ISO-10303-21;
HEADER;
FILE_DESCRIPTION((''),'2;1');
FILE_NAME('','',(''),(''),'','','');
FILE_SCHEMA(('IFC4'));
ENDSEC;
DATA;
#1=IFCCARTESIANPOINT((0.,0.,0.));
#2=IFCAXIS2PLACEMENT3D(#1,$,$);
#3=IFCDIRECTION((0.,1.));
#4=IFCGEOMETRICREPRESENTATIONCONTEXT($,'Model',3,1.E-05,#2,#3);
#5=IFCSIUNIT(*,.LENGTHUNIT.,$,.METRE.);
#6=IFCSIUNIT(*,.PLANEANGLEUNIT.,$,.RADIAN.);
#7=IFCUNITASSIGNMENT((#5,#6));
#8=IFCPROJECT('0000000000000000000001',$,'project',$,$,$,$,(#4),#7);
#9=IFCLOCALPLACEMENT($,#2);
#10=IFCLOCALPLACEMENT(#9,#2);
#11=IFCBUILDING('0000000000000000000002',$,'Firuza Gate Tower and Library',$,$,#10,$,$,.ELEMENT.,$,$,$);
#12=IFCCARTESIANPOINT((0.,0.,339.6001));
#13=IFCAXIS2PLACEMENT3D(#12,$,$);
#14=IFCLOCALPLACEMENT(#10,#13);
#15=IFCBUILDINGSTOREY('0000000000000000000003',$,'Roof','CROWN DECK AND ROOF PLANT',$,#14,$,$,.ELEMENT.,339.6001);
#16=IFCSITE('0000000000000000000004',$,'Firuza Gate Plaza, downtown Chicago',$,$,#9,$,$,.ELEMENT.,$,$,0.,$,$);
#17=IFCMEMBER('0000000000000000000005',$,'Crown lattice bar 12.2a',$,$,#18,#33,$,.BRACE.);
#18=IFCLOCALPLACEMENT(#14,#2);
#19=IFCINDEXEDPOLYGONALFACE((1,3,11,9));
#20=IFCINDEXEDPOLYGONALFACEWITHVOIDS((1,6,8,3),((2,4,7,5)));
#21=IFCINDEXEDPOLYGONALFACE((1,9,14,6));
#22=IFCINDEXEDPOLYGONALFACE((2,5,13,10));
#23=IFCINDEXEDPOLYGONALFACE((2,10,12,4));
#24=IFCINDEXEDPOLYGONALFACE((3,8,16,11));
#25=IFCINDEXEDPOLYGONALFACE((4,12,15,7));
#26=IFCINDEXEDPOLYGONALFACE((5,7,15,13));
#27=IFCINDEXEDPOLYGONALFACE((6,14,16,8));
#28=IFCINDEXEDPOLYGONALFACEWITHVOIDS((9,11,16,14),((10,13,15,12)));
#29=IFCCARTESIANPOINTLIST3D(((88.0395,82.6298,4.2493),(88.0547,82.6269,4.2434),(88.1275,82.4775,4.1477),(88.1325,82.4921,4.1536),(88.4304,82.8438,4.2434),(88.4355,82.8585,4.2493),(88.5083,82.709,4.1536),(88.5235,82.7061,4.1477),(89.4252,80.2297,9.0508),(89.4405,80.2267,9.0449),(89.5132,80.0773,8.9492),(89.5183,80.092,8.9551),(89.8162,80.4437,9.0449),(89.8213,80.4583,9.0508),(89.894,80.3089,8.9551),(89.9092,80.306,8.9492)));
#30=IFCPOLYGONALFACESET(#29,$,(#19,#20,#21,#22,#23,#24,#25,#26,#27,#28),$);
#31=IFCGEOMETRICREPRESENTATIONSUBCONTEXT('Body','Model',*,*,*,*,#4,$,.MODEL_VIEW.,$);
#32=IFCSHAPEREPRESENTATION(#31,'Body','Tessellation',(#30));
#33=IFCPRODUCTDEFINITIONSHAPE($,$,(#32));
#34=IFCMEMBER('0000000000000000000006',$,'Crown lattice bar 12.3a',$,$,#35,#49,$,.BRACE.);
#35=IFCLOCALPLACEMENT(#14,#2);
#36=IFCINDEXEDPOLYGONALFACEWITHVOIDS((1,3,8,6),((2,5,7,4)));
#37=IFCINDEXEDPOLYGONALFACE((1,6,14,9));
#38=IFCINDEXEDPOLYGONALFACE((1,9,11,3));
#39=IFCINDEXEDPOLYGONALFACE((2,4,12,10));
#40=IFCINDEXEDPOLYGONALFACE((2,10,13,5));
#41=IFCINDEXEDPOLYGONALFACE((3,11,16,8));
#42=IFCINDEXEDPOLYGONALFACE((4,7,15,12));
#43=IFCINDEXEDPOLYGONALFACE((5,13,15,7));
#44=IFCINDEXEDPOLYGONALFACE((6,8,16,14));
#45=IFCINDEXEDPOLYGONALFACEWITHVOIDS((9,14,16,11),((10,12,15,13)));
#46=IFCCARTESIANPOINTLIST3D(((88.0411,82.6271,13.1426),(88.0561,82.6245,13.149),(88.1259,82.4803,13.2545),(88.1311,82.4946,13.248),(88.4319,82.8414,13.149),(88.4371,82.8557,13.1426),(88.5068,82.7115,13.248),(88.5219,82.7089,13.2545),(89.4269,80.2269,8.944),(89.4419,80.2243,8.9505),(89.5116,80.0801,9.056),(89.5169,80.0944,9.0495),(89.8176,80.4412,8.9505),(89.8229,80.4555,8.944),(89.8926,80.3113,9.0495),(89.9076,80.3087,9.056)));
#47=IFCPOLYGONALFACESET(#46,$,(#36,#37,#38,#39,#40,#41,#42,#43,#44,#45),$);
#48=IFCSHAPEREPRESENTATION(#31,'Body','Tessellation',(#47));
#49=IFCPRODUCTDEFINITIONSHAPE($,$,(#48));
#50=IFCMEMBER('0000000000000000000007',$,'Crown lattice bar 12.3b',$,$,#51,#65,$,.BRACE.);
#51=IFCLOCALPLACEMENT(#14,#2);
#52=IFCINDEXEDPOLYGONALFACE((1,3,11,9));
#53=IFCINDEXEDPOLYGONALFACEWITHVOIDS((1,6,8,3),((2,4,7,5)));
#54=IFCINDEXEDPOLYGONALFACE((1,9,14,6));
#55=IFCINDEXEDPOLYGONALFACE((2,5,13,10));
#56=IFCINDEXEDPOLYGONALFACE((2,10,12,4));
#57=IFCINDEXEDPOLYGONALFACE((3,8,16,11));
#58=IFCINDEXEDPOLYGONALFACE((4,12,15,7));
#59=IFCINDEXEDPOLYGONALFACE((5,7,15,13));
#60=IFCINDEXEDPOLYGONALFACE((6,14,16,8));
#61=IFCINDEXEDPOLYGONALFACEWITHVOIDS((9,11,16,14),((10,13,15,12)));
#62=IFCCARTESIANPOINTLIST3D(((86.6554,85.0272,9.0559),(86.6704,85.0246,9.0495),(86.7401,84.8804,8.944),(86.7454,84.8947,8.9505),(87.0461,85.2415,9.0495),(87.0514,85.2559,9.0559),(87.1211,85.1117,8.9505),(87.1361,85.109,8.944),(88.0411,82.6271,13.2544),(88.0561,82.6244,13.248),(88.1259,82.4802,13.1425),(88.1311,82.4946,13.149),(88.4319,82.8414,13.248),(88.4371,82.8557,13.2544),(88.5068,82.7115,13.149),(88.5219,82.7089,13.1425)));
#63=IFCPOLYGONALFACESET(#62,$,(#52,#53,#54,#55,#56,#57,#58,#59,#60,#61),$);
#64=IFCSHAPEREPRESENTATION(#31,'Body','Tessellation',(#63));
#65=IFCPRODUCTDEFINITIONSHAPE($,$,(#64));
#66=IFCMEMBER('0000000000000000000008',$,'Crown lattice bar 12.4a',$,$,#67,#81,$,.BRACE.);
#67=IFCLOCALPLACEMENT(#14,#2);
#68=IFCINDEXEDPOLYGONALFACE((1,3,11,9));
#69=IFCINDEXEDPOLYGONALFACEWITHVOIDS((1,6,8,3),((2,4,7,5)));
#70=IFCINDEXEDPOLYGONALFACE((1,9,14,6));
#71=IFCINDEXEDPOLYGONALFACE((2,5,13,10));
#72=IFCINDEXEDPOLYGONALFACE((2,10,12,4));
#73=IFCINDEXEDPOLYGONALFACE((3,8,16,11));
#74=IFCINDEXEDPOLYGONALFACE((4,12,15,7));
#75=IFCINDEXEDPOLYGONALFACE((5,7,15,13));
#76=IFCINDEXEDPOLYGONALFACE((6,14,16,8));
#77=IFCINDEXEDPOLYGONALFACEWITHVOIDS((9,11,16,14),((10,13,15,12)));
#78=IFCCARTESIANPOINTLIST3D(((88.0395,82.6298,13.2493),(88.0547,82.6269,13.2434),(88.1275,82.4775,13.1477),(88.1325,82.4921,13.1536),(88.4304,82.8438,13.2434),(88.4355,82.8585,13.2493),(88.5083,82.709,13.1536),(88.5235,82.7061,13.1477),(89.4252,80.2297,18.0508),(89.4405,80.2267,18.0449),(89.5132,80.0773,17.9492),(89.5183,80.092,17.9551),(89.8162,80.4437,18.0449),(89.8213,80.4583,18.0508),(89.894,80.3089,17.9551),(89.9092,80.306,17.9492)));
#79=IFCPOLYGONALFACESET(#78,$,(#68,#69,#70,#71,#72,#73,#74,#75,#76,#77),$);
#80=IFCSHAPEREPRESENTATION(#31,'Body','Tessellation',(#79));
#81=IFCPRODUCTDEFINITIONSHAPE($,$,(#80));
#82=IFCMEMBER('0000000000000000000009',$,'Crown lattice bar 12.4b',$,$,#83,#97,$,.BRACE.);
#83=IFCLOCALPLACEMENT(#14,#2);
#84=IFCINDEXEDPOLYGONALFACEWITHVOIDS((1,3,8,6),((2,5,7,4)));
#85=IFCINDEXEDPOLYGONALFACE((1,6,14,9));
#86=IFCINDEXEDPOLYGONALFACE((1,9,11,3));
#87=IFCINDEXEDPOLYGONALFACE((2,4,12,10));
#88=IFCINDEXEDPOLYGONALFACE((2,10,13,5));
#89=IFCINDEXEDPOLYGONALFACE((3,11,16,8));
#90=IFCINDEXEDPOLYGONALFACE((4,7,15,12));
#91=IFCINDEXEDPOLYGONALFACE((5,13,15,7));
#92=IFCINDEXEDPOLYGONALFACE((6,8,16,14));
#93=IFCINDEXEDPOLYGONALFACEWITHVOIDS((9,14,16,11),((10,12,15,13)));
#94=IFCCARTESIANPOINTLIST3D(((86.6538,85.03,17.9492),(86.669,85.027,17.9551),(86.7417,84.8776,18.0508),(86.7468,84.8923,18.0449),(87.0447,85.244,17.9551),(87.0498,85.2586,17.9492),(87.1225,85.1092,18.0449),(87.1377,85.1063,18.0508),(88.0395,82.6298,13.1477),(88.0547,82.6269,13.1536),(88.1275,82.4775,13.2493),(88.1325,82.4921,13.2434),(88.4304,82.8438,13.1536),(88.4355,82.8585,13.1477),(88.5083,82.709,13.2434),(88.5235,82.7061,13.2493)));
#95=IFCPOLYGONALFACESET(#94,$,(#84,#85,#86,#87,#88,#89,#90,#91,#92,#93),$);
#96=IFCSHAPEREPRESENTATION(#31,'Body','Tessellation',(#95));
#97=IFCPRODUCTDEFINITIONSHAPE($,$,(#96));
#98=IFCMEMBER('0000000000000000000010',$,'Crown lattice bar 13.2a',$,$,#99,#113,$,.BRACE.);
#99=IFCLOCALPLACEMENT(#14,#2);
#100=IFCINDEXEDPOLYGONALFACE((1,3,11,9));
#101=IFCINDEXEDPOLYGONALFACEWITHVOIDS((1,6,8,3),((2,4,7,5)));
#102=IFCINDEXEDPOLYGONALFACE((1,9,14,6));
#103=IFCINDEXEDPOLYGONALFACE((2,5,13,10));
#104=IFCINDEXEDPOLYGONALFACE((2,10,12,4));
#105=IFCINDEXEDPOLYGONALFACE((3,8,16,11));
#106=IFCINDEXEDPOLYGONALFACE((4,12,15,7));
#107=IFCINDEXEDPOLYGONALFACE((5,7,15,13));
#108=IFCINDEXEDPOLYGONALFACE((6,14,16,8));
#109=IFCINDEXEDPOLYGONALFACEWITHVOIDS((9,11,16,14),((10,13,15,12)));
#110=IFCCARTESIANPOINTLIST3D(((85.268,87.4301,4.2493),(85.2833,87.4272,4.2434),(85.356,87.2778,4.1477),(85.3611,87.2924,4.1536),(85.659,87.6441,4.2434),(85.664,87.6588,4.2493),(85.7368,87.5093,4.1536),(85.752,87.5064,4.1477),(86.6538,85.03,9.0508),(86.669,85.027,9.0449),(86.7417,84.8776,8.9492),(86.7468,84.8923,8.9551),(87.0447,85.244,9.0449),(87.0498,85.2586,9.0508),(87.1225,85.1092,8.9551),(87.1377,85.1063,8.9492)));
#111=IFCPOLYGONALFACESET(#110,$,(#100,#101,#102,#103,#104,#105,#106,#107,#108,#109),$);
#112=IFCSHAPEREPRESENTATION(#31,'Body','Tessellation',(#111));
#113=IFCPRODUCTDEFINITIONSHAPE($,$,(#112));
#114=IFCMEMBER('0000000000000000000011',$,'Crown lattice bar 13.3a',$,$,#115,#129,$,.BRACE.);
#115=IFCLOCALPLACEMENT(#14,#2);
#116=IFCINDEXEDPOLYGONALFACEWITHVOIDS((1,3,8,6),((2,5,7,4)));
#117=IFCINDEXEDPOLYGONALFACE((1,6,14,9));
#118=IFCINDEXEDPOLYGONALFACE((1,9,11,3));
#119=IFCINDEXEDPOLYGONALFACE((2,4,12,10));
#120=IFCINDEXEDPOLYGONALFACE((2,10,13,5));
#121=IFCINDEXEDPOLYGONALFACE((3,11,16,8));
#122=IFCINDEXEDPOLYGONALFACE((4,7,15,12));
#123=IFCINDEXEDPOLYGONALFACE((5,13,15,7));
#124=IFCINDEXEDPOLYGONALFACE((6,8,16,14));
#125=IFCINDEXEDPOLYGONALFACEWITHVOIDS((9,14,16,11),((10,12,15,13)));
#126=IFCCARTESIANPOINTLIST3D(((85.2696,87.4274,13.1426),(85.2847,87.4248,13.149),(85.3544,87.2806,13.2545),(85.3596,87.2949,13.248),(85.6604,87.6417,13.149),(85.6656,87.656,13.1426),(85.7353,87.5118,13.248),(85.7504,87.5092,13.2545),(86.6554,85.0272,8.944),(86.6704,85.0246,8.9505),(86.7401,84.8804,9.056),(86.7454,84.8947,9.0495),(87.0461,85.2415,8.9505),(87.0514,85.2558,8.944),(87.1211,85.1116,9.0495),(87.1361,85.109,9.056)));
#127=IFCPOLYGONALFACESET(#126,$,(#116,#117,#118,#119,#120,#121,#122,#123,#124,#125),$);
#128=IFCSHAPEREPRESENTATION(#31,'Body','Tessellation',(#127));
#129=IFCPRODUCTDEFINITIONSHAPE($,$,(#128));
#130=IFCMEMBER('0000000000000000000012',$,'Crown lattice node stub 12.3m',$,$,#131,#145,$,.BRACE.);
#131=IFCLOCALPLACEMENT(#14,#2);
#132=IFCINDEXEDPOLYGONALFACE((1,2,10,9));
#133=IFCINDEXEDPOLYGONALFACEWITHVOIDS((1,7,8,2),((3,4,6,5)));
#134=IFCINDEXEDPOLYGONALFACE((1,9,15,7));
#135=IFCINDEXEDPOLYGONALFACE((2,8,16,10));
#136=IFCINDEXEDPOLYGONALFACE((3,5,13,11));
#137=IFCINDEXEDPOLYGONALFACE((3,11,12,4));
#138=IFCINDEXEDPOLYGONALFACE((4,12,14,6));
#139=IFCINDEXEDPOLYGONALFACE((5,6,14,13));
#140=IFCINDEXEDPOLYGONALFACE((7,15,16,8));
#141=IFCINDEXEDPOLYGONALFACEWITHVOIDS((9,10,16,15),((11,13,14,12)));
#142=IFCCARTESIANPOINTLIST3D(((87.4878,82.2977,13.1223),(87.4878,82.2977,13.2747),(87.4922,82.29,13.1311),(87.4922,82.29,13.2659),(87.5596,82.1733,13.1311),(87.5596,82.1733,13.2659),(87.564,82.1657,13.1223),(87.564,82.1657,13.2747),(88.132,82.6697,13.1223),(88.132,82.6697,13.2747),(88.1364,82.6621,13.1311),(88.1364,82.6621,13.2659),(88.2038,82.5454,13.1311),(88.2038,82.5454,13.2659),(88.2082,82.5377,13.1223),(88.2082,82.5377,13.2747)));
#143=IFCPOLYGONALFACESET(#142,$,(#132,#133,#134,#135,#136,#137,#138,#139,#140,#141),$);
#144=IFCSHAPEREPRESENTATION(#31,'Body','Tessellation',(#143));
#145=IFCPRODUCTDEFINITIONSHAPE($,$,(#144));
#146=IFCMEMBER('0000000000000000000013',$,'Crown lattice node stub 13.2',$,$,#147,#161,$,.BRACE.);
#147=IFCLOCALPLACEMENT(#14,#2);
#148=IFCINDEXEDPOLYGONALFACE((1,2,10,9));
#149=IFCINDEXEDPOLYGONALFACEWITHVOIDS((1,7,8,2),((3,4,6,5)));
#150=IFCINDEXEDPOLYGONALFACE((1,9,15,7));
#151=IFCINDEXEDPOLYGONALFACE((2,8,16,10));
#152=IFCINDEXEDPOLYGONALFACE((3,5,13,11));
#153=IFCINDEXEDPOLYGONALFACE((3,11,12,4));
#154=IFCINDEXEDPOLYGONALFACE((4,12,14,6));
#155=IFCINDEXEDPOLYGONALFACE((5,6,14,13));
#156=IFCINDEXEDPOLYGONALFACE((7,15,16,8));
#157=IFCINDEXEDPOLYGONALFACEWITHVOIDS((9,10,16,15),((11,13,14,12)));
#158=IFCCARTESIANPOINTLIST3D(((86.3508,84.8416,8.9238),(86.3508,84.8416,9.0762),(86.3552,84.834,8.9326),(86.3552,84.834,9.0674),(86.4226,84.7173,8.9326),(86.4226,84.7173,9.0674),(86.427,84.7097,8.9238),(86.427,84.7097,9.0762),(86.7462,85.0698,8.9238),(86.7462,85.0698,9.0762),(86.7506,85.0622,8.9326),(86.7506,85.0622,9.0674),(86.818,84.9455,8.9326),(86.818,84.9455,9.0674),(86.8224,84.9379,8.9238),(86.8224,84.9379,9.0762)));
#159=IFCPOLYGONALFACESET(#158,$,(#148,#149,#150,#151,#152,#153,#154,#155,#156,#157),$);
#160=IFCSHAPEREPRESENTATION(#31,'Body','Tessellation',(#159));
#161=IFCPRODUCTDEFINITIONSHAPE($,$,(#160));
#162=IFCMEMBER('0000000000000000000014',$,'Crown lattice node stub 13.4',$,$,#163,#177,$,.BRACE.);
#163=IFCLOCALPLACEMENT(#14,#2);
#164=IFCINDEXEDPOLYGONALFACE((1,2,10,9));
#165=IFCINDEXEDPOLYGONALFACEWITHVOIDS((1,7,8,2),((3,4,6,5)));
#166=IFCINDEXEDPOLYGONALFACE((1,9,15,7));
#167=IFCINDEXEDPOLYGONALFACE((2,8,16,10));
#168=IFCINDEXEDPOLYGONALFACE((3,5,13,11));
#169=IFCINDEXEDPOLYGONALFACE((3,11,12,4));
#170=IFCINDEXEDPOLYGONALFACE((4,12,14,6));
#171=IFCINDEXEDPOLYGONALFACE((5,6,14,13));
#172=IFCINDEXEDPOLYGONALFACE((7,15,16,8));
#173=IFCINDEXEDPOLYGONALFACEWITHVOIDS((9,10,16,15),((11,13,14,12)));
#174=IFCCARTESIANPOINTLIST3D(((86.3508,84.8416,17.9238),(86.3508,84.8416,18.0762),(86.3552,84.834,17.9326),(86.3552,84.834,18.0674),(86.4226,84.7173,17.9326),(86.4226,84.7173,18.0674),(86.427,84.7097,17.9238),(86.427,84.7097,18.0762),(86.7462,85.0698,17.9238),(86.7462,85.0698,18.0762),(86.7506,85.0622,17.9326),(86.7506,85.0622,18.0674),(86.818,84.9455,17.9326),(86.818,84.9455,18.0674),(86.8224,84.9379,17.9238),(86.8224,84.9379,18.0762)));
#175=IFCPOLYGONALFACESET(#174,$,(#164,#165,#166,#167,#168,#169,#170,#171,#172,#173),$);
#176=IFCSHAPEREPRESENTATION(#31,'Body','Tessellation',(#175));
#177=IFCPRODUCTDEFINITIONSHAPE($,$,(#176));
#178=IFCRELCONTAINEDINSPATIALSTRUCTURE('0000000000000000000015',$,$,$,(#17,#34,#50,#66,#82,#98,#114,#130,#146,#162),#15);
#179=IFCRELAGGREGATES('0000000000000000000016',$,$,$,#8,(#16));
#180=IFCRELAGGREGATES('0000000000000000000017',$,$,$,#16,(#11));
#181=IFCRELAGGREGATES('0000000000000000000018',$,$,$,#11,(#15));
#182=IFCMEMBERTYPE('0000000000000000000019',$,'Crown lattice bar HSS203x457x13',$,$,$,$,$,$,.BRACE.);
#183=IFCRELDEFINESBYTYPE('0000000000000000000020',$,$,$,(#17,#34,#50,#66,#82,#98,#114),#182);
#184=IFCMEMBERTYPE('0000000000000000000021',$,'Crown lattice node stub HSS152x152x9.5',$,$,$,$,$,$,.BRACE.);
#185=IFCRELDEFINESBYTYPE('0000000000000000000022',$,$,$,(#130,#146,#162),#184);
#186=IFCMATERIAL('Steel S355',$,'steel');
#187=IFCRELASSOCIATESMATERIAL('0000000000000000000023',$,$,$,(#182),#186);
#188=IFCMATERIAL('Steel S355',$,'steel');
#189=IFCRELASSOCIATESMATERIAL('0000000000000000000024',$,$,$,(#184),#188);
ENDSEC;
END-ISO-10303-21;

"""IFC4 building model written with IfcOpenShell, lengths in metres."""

from ifc_helpers import new_model, si_unit, direction, frame, origin, origin_2d, place, context, subcontext, project, spatial, hollow_rectangle, extrude, material, material_profile, profile_set, type_object, element, save


model = new_model("IFC4")

# Units and contexts
model_context = context("Model", 3, precision=1e-05, world=origin(), true_north=direction((0.0, 1.0)))
body_context = subcontext(model_context, "Body", "Model", "MODEL_VIEW")
ifc_project = project(units=[si_unit("LENGTHUNIT", "METRE"), si_unit("PLANEANGLEUNIT", "RADIAN")], contexts=[model_context])

# Site, building, storey
site_placement = place(None, origin())
site = spatial("IfcSite", under=ifc_project, at=site_placement, Name="Firuza Gate Plaza, downtown Chicago", CompositionType="ELEMENT", RefElevation=0.0)
building_placement = place(site_placement, origin())
building = spatial("IfcBuilding", under=site, at=building_placement, Name="Firuza Gate Tower and Library", CompositionType="ELEMENT")
storey_placement = place(building_placement, frame((0.0, 0.0, 339.6001)))
storey = spatial("IfcBuildingStorey", under=building, at=storey_placement, Name="Roof", Description="CROWN DECK AND ROOF PLANT", CompositionType="ELEMENT", Elevation=339.6001)

# Members
ifc_material_1 = material(Name="Steel S355", Category="steel")
ifc_material_profile_1 = material_profile(ifc_material_1, hollow_rectangle(XDim=0.4573, YDim=0.2031, WallThickness=0.0117, at=origin_2d()))
ifc_profile_set_1 = profile_set([ifc_material_profile_1], Name="Steel S355")
member_type_1 = type_object("IfcMemberType", Name="Crown lattice bar HSS203x457x13", PredefinedType="BRACE", material=ifc_profile_set_1)
member_1_placement = place(storey_placement, frame((89.6672, 80.2678, 9.0), z_axis=(-0.249955, 0.43293, -0.86608), x_axis=(-0.866023, -0.500005, 0.0)))
element("IfcMember", 1, at=member_1_placement, inside=storey, type_object=member_type_1, Name="Crown lattice bar 12.2a", PredefinedType="BRACE", context=body_context, shape_type="SweptSolid", body=[
    extrude(hollow_rectangle(XDim=0.4573, YDim=0.2031, WallThickness=0.0117, at=origin_2d()), origin(), (0.0, 0.0, 1.0), 5.5439),
])
for number, where, z_axis, x_axis, name in (
    (2, (89.6672, 80.2678, 9.0), (-0.275455, 0.477097, 0.834568), (-0.866023, -0.500005, 0.0), "Crown lattice bar 12.3a"),
    (3, (88.2815, 82.668, 13.1985), (-0.275455, 0.477097, -0.834568), (-0.866023, -0.500005, 0.0), "Crown lattice bar 12.3b"),
):
    element("IfcMember", number, at=place(storey_placement, frame(where, z_axis=z_axis, x_axis=x_axis)), inside=storey, type_object=member_type_1, Name=name, PredefinedType="BRACE", context=body_context, shape_type="SweptSolid", body=[
        extrude(hollow_rectangle(XDim=0.4573, YDim=0.2031, WallThickness=0.0117, at=origin_2d()), origin(), (0.0, 0.0, 1.0), 5.0308),
    ])
for number, where, z_axis, x_axis, name in (
    (4, (89.6672, 80.2678, 18.0), (-0.249955, 0.43293, -0.86608), (-0.866023, -0.500005, 0.0), "Crown lattice bar 12.4a"),
    (5, (88.2815, 82.668, 13.1985), (-0.249955, 0.43293, 0.86608), (-0.866023, -0.500005, 0.0), "Crown lattice bar 12.4b"),
    (6, (86.8958, 85.0681, 9.0), (-0.249955, 0.43293, -0.86608), (-0.866023, -0.500005, 0.0), "Crown lattice bar 13.2a"),
):
    element("IfcMember", number, at=place(storey_placement, frame(where, z_axis=z_axis, x_axis=x_axis)), inside=storey, type_object=member_type_1, Name=name, PredefinedType="BRACE", context=body_context, shape_type="SweptSolid", body=[
        extrude(hollow_rectangle(XDim=0.4573, YDim=0.2031, WallThickness=0.0117, at=origin_2d()), origin(), (0.0, 0.0, 1.0), 5.5439),
    ])
member_2_placement = place(storey_placement, frame((86.8958, 85.0681, 9.0), z_axis=(-0.275455, 0.477097, 0.834568), x_axis=(-0.866023, -0.500005, 0.0)))
element("IfcMember", 7, at=member_2_placement, inside=storey, type_object=member_type_1, Name="Crown lattice bar 13.3a", PredefinedType="BRACE", context=body_context, shape_type="SweptSolid", body=[
    extrude(hollow_rectangle(XDim=0.4573, YDim=0.2031, WallThickness=0.0117, at=origin_2d()), origin(), (0.0, 0.0, 1.0), 5.0308),
])
ifc_material_2 = material(Name="Steel S355", Category="steel")
ifc_material_profile_2 = material_profile(ifc_material_2, hollow_rectangle(XDim=0.1523, YDim=0.1523, WallThickness=0.0088, at=origin_2d()))
ifc_profile_set_2 = profile_set([ifc_material_profile_2], Name="Steel S355")
member_type_2 = type_object("IfcMemberType", Name="Crown lattice node stub HSS152x152x9.5", PredefinedType="BRACE", material=ifc_profile_set_2)
member_3_placement = place(storey_placement, frame((87.5259, 82.2317, 13.1985), z_axis=(0.865972, 0.500092, 0.0), x_axis=(-0.500092, 0.865972, 0.0)))
element("IfcMember", 8, at=member_3_placement, inside=storey, type_object=member_type_2, Name="Crown lattice node stub 12.3m", PredefinedType="BRACE", context=body_context, shape_type="SweptSolid", body=[
    extrude(hollow_rectangle(XDim=0.1523, YDim=0.1523, WallThickness=0.0088, at=origin_2d()), origin(), (0.0, 0.0, 1.0), 0.7439),
])
for number, where, z_axis, x_axis, name in (
    (9, (86.3889, 84.7756, 9.0), (0.866097, 0.499877, 0.0), (-0.499877, 0.866097, 0.0), "Crown lattice node stub 13.2"),
    (10, (86.3889, 84.7756, 18.0), (0.866097, 0.499877, 0.0), (-0.499877, 0.866097, 0.0), "Crown lattice node stub 13.4"),
):
    element("IfcMember", number, at=place(storey_placement, frame(where, z_axis=z_axis, x_axis=x_axis)), inside=storey, type_object=member_type_2, Name=name, PredefinedType="BRACE", context=body_context, shape_type="SweptSolid", body=[
        extrude(hollow_rectangle(XDim=0.1523, YDim=0.1523, WallThickness=0.0088, at=origin_2d()), origin(), (0.0, 0.0, 1.0), 0.4565),
    ])

save(model, "model.ifc")
